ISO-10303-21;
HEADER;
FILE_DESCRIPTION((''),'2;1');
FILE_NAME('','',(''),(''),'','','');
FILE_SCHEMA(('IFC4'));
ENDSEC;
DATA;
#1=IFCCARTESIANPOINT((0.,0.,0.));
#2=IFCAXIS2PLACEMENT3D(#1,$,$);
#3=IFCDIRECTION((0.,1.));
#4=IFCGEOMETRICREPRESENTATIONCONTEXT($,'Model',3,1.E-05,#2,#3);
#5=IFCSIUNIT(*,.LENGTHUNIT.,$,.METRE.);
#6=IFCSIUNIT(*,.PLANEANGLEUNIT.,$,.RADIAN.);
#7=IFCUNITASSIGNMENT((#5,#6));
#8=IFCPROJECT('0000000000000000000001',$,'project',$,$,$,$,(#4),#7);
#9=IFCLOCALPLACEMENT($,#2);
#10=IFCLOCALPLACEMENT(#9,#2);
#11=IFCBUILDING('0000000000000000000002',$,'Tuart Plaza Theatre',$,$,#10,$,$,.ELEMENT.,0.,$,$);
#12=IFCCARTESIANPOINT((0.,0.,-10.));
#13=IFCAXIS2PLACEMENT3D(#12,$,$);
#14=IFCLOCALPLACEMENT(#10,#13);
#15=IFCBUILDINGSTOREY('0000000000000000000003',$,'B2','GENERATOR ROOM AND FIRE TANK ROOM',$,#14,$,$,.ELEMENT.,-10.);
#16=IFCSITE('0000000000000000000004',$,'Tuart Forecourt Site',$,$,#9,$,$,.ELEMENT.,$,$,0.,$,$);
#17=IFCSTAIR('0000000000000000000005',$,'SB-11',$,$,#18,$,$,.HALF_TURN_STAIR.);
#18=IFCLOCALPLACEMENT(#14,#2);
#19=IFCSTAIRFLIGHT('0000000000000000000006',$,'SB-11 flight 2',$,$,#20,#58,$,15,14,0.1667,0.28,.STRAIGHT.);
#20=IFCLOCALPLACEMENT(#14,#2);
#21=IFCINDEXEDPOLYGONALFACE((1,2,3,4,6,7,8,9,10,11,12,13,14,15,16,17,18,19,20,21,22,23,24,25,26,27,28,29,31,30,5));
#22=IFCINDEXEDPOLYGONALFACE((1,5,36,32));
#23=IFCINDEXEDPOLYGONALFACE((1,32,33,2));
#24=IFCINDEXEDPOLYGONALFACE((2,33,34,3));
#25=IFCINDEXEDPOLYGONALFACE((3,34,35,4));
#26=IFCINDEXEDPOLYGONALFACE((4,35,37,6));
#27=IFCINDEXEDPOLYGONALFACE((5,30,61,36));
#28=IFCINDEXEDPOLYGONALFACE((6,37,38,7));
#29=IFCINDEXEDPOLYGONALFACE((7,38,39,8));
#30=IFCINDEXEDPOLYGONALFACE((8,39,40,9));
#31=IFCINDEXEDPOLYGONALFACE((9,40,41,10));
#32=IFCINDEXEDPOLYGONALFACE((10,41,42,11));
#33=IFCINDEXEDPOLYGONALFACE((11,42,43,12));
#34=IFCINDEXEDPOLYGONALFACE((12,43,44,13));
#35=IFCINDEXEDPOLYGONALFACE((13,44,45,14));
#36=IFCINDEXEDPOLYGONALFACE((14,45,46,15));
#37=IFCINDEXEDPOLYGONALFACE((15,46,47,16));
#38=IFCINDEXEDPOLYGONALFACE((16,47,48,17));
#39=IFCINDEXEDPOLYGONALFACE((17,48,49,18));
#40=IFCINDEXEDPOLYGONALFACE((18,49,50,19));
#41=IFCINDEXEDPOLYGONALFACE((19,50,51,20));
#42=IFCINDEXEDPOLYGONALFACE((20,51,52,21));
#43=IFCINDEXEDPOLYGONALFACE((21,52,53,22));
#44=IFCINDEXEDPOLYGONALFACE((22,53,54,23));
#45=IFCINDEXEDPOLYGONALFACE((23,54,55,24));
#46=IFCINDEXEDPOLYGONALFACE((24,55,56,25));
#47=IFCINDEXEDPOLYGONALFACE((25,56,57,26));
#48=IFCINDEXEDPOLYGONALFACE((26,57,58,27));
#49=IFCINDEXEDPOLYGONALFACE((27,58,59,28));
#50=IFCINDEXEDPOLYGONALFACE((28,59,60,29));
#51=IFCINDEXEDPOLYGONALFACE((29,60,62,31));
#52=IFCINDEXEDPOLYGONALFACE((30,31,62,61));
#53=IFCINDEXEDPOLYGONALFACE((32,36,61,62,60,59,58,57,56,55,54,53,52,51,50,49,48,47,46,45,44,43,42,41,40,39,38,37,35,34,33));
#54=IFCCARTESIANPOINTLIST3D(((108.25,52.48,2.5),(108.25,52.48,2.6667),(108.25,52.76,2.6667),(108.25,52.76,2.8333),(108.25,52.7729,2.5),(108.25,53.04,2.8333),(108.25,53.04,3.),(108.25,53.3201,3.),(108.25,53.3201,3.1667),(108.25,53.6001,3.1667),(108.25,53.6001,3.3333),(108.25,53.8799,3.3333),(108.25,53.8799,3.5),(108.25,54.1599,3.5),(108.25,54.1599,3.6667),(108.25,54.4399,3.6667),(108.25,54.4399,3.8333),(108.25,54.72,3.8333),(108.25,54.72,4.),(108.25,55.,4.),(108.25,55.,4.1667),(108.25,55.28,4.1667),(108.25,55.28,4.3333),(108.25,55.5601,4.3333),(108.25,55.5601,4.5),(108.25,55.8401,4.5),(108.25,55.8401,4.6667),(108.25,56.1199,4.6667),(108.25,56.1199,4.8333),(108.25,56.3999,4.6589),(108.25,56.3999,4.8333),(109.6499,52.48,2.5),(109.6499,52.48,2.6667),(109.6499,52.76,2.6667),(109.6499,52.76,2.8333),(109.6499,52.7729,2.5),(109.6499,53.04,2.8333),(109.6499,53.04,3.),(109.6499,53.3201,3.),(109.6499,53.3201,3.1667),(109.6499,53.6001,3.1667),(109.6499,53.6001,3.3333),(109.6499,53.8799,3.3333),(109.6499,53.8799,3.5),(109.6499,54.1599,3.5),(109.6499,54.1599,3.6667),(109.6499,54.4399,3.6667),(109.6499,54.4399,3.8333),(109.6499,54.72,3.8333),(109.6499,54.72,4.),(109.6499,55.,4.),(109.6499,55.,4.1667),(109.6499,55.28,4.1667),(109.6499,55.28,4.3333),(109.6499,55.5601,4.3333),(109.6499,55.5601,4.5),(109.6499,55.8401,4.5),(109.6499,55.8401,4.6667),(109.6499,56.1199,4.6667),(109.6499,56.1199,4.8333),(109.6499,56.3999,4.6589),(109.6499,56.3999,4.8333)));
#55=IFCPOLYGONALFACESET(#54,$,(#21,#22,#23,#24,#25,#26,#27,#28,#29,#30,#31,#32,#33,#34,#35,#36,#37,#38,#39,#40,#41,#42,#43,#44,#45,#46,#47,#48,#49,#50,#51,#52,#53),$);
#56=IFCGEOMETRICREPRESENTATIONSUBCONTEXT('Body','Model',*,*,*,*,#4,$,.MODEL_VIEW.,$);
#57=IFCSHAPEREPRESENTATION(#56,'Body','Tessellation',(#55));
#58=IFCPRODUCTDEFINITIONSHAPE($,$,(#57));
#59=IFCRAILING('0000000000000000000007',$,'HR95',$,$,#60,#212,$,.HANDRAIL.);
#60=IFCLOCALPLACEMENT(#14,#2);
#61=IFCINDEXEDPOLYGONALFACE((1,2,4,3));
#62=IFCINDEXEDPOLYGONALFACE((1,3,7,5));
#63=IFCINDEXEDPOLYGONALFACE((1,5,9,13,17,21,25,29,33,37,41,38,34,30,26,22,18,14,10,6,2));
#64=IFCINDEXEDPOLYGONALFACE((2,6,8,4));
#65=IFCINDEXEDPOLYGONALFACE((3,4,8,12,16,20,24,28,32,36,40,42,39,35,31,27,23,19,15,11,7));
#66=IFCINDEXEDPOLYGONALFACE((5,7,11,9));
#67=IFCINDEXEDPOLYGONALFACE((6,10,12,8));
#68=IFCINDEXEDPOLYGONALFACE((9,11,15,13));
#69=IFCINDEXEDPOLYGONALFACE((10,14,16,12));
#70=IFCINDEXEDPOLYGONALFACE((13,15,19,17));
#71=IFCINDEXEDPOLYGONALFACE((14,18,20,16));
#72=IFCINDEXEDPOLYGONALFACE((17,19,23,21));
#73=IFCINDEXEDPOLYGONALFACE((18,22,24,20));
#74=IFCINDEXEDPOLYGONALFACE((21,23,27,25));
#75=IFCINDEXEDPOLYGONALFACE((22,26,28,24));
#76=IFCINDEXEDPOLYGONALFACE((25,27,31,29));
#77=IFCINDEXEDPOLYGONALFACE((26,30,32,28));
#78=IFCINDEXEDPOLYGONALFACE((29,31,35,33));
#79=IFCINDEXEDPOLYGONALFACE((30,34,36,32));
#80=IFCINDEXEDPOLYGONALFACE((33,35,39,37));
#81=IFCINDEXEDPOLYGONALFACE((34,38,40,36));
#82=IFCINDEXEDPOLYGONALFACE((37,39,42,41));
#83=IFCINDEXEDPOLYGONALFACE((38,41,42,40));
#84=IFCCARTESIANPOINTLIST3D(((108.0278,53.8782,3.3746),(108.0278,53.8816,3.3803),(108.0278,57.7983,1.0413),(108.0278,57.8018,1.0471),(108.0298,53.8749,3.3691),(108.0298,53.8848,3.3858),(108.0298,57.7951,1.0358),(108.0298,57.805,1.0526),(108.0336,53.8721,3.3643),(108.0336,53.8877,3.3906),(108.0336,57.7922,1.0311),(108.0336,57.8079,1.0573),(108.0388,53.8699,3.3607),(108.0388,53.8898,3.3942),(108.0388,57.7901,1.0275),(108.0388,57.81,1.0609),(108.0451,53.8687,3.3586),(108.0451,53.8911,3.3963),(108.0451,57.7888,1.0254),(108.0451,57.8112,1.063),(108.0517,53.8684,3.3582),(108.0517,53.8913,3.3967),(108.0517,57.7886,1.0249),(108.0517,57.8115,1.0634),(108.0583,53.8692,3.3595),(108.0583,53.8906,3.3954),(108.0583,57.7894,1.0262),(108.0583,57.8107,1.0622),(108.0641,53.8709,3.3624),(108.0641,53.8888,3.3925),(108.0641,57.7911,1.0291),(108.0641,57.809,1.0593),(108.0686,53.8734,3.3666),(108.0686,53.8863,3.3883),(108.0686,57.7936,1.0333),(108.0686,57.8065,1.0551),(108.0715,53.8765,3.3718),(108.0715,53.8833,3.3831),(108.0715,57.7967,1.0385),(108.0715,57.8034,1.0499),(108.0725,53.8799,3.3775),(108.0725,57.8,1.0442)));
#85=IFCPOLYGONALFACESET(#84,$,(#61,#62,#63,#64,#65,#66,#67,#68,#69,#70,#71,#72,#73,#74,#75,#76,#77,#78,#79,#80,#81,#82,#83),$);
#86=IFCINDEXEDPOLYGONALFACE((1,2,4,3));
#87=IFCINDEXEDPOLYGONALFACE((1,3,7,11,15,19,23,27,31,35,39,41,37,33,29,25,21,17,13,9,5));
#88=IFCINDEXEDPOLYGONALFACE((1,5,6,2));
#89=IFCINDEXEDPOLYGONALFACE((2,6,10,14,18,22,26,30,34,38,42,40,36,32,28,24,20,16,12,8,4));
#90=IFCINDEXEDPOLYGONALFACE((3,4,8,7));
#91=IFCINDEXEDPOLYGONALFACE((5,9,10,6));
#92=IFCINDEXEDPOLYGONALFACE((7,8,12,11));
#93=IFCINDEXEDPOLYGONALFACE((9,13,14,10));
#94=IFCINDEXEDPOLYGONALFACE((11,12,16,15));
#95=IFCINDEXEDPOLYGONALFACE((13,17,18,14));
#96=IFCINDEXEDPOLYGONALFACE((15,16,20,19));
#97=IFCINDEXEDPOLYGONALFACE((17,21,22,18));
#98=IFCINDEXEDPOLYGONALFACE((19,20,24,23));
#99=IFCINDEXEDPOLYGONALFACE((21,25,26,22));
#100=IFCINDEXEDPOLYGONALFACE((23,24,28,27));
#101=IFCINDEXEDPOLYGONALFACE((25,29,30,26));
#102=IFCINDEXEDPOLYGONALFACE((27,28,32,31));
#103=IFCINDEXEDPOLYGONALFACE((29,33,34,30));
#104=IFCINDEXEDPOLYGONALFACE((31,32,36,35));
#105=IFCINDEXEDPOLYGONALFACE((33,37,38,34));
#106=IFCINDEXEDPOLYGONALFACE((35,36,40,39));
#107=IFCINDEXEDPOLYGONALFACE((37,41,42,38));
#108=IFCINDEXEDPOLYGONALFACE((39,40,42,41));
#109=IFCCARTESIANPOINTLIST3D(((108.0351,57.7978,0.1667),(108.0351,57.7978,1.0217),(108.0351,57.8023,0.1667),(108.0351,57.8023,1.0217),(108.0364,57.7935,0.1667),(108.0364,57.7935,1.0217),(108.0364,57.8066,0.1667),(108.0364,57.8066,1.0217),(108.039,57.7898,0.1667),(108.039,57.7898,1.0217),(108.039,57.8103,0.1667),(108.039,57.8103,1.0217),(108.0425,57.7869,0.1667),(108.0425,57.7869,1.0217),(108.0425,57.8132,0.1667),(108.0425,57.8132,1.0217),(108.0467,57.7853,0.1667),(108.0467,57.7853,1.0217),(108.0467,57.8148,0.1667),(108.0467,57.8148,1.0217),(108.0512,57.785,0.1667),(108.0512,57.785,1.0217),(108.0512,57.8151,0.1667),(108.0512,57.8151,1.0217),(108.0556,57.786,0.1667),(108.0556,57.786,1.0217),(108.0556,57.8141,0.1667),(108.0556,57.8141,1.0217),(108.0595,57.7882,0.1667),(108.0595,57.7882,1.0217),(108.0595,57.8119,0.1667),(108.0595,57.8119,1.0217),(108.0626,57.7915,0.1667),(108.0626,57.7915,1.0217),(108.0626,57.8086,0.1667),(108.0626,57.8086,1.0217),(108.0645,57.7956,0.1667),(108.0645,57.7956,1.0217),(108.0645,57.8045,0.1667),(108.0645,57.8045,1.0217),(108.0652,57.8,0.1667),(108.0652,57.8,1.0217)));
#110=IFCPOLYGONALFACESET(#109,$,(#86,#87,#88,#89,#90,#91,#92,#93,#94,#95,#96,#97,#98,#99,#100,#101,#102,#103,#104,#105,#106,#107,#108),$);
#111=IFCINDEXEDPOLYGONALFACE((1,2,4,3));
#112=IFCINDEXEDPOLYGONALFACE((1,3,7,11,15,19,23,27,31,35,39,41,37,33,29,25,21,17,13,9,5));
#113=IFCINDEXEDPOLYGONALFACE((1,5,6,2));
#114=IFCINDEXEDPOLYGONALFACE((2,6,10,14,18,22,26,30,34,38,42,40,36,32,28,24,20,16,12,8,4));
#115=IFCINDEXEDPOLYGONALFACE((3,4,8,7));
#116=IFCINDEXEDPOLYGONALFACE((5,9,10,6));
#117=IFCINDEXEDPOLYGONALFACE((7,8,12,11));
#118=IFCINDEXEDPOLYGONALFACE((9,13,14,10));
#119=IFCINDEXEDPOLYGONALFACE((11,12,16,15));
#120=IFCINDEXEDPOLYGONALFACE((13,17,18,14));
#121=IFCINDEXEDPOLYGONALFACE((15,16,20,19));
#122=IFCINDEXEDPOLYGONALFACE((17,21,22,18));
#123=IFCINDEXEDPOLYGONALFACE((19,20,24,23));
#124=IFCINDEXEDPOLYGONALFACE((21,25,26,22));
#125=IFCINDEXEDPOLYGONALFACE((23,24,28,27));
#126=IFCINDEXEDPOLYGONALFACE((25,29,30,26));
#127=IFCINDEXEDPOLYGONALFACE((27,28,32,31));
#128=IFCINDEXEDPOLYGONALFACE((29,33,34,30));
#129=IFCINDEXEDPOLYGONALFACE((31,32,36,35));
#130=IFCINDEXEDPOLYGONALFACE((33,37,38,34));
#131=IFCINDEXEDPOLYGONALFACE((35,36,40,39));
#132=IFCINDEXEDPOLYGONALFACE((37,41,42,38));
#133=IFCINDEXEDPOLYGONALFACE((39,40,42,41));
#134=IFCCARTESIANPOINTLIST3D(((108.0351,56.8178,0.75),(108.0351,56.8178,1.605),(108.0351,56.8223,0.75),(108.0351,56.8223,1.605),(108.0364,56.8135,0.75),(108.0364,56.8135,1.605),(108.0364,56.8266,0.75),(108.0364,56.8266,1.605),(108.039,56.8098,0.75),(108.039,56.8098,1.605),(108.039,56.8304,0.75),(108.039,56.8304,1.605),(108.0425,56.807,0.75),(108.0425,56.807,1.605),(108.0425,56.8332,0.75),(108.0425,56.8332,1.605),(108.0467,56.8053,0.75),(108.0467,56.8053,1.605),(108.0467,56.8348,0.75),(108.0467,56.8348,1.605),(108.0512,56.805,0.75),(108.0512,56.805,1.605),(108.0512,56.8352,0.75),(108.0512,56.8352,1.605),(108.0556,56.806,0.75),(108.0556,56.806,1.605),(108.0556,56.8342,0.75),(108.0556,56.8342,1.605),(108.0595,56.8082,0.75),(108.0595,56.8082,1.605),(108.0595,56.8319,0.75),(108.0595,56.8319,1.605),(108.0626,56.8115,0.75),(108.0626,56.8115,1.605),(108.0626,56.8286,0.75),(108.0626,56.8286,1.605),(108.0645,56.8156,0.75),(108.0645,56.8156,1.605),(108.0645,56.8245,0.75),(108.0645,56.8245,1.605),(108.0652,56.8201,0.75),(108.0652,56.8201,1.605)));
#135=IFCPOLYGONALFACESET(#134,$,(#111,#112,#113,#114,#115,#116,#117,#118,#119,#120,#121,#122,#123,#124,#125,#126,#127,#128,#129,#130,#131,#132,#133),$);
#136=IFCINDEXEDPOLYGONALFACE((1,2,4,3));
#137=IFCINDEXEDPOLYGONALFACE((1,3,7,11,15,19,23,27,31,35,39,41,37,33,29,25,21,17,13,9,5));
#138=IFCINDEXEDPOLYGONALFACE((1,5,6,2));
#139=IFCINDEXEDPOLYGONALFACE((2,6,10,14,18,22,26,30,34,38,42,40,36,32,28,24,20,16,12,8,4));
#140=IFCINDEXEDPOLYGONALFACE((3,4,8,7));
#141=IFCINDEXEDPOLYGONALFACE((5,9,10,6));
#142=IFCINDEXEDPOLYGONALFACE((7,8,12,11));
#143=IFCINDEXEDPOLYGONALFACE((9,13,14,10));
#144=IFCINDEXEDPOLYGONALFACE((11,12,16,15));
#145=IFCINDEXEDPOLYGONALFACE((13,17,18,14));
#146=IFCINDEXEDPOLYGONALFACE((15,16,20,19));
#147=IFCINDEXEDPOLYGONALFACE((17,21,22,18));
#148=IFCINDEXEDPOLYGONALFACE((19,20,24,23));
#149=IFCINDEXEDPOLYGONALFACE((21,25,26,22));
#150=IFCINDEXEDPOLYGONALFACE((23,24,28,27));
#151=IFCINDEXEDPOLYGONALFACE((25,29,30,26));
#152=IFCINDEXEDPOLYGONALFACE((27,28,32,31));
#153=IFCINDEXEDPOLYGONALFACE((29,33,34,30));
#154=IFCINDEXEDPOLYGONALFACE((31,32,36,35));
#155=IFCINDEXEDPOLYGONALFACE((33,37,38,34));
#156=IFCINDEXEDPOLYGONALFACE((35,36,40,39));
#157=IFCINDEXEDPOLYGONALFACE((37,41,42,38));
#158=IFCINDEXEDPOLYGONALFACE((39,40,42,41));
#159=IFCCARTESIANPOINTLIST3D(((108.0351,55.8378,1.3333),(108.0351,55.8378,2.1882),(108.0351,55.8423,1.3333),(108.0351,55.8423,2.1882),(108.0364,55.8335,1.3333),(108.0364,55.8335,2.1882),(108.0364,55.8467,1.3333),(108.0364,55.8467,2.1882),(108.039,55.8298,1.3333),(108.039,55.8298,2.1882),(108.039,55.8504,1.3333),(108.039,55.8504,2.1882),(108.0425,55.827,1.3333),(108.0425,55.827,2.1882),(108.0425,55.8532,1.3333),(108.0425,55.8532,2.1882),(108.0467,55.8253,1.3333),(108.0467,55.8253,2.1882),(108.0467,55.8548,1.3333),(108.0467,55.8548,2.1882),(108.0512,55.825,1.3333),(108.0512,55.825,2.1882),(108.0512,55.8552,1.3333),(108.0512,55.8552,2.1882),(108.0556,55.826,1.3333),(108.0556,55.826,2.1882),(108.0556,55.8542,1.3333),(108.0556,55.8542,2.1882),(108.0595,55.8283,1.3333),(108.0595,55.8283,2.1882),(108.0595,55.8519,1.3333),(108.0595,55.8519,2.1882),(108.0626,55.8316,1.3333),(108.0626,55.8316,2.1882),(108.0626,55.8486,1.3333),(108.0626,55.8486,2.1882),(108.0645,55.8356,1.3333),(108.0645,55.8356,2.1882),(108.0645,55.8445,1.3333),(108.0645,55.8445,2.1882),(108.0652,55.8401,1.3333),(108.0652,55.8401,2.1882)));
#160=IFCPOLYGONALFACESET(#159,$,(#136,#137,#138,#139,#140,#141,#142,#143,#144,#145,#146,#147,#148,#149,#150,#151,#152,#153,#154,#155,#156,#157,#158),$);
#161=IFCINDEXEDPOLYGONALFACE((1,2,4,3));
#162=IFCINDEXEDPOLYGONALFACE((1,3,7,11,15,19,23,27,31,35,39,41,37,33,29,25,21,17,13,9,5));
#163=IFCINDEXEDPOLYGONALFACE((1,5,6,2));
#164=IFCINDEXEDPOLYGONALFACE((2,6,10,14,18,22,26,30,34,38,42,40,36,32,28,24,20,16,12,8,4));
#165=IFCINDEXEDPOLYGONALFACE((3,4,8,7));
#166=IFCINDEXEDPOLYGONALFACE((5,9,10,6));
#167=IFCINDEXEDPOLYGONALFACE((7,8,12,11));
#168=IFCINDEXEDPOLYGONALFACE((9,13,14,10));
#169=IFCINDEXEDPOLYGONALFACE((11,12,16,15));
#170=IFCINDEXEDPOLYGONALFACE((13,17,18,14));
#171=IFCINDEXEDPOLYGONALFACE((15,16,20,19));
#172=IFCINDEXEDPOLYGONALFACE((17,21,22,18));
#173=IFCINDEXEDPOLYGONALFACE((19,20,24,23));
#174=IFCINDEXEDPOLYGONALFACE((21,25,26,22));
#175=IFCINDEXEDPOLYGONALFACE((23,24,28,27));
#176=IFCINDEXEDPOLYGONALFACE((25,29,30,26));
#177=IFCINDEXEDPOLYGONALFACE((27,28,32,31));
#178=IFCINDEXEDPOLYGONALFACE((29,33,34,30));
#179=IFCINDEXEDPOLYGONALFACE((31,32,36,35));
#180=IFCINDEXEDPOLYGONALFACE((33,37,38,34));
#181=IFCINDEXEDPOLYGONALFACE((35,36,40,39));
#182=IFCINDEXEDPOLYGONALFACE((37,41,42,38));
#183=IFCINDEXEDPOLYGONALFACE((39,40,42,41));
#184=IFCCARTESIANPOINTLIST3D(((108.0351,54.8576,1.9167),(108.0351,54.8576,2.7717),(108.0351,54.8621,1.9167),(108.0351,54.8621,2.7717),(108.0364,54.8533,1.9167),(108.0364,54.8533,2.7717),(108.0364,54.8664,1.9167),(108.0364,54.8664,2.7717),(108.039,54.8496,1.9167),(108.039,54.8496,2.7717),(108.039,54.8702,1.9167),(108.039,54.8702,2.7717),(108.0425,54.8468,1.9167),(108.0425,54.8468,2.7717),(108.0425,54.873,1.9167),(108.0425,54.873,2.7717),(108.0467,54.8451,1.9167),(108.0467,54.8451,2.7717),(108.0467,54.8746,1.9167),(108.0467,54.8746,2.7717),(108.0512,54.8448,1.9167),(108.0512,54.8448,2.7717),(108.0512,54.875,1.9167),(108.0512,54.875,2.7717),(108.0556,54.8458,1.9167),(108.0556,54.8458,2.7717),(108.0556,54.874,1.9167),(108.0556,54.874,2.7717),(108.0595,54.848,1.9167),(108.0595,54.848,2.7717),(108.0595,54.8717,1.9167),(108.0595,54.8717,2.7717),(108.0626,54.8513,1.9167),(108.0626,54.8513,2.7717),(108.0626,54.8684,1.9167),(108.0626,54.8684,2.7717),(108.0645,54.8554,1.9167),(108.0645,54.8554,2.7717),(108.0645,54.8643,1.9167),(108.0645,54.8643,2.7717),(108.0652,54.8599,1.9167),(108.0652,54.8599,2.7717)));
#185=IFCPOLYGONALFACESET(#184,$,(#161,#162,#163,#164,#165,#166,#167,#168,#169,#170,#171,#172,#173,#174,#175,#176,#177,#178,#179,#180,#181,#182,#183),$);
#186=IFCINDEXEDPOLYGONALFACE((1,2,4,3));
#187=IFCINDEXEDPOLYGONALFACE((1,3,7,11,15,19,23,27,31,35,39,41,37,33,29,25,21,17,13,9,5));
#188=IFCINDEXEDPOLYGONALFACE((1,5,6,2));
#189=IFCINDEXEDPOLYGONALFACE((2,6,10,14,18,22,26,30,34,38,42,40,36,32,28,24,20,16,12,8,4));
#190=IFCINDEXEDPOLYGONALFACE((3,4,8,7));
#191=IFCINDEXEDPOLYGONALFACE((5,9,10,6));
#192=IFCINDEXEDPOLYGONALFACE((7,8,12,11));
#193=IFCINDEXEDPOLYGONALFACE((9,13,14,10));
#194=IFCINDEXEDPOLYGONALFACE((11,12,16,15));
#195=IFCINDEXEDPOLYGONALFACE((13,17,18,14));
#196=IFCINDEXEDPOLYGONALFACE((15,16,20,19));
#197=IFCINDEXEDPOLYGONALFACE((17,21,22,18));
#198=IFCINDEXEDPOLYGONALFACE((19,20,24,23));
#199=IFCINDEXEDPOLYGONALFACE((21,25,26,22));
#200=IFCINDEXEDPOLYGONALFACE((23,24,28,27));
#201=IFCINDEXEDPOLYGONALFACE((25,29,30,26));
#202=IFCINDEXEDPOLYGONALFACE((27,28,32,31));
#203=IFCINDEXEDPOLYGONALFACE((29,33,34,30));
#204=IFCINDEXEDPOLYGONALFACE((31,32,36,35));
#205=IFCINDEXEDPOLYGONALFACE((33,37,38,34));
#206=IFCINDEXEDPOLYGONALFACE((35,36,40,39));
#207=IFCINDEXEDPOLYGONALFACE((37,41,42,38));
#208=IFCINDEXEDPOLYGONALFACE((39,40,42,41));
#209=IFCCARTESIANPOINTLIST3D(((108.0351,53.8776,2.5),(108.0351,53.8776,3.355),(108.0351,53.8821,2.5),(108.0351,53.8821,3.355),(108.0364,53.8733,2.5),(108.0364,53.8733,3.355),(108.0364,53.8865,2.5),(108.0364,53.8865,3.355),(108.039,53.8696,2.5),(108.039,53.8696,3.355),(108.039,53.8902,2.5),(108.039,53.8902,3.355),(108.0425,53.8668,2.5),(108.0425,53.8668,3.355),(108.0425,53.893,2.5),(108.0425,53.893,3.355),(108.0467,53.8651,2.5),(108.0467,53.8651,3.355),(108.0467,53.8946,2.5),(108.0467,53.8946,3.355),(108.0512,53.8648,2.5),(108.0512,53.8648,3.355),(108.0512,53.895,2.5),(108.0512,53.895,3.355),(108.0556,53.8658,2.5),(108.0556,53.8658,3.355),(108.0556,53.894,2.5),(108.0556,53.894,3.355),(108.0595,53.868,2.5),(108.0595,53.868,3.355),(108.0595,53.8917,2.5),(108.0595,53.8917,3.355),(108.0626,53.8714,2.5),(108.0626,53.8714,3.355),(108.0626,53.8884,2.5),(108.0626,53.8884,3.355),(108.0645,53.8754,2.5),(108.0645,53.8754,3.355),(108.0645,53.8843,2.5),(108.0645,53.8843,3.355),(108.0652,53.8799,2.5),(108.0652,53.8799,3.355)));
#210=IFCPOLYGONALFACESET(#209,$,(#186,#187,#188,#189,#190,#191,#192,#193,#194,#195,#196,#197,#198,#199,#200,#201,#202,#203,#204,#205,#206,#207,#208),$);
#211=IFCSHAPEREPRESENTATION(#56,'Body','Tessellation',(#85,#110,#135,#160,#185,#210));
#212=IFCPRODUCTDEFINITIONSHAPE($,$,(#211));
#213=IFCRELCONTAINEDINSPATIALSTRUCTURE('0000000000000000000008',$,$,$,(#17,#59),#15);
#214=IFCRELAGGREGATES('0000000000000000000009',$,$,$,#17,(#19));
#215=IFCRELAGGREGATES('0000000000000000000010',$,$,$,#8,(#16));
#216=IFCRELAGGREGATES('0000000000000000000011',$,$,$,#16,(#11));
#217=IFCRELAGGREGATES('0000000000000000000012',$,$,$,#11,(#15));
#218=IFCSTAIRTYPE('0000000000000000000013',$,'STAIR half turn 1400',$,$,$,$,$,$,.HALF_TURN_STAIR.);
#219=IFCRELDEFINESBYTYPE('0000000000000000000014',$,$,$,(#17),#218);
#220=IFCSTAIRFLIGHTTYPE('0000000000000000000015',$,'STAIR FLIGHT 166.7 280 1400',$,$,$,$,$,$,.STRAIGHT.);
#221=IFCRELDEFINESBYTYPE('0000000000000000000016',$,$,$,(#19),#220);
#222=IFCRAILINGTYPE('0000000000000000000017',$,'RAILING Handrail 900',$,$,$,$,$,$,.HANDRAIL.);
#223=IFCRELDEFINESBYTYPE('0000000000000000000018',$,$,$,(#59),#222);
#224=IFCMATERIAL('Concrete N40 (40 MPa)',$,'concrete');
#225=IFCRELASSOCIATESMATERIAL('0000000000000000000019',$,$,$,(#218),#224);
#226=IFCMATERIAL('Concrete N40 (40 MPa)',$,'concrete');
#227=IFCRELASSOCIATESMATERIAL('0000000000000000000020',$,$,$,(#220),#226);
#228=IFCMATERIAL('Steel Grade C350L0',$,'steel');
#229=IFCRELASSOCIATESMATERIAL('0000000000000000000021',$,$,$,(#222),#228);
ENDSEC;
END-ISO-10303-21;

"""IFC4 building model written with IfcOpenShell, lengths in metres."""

from ifc_helpers import new_model, si_unit, direction, frame, origin, origin_2d, place, context, subcontext, project, spatial, polyline, circle, outline, extrude, material, type_object, element, aggregate, save


model = new_model("IFC4")

# Units and contexts
model_context = context("Model", 3, precision=1e-05, world=origin(), true_north=direction((0.0, 1.0)))
body_context = subcontext(model_context, "Body", "Model", "MODEL_VIEW")
ifc_project = project(units=[si_unit("LENGTHUNIT", "METRE"), si_unit("PLANEANGLEUNIT", "RADIAN")], contexts=[model_context])

# Site, building, storey
site_placement = place(None, origin())
site = spatial("IfcSite", under=ifc_project, at=site_placement, Name="Tuart Forecourt Site", CompositionType="ELEMENT", RefElevation=0.0)
building_placement = place(site_placement, origin())
building = spatial("IfcBuilding", under=site, at=building_placement, Name="Tuart Plaza Theatre", CompositionType="ELEMENT", ElevationOfRefHeight=0.0)
storey_placement = place(building_placement, frame((0.0, 0.0, -10.0)))
storey = spatial("IfcBuildingStorey", under=building, at=storey_placement, Name="B2", Description="GENERATOR ROOM AND FIRE TANK ROOM", CompositionType="ELEMENT", Elevation=-10.0)

# Stair, stair flight
ifc_material_1 = material(Name="Concrete N40 (40 MPa)", Category="concrete")
stair_type = type_object("IfcStairType", Name="STAIR half turn 1400", PredefinedType="HALF_TURN_STAIR", material=ifc_material_1)
stair_placement = place(storey_placement, origin())
stair = element("IfcStair", 1, at=stair_placement, inside=storey, type_object=stair_type, Name="SB-11", PredefinedType="HALF_TURN_STAIR")
ifc_material_2 = material(Name="Concrete N40 (40 MPa)", Category="concrete")
stair_flight_type = type_object("IfcStairFlightType", Name="STAIR FLIGHT 166.7 280 1400", PredefinedType="STRAIGHT", material=ifc_material_2)
stair_flight_placement = place(storey_placement, frame((108.95, 52.48, 2.5), z_axis=(0.0, 0.0, 1.0), x_axis=(0.0, 1.0, 0.0)))
stair_flight = element("IfcStairFlight", 2, at=stair_flight_placement, type_object=stair_flight_type, Name="SB-11 flight 2", NumberOfRisers=15, NumberOfTreads=14, PredefinedType="STRAIGHT", RiserHeight=0.1667, TreadLength=0.28, context=body_context, shape_type="SweptSolid", body=[
    extrude(outline(polyline([(0.0, 0.0), (0.0, 0.1667), (0.28, 0.1667), (0.28, 0.3333), (0.5601, 0.3333), (0.5601, 0.5), (0.8401, 0.5), (0.8401, 0.6667), (1.1201, 0.6667), (1.1201, 0.8333), (1.3999, 0.8333), (1.3999, 1.0), (1.6799, 1.0), (1.6799, 1.1667), (1.96, 1.1667), (1.96, 1.3333), (2.24, 1.3333), (2.24, 1.5), (2.52, 1.5), (2.52, 1.6667), (2.8, 1.6667), (2.8, 1.8333), (3.0801, 1.8333), (3.0801, 2.0), (3.3601, 2.0), (3.3601, 2.1667), (3.6399, 2.1667), (3.6399, 2.3333), (3.9199, 2.3333), (3.9199, 2.5), (3.9199, 2.1589), (0.293, 0.0), (0.0, 0.0)])), frame((0.0, 0.7, 0.0), z_axis=(0.0, -1.0, 0.0), x_axis=(1.0, 0.0, 0.0)), (0.0, 0.0, 1.0), 1.3999),
])
aggregate(stair, [stair_flight])

# Railing
ifc_material_3 = material(Name="Steel Grade C350L0", Category="steel")
railing_type = type_object("IfcRailingType", Name="RAILING Handrail 900", PredefinedType="HANDRAIL", material=ifc_material_3)
railing_1_placement = place(storey_placement, frame((108.05, 57.8, 0.1667)))
element("IfcRailing", 3, at=railing_1_placement, inside=storey, type_object=railing_type, Name="HR95", PredefinedType="HANDRAIL", context=body_context, shape_type="SweptSolid", body=[
    extrude(circle(Radius=0.0225, at=origin_2d()), frame((0.0, 0.0, 0.8774), z_axis=(0.0, -0.85931, 0.511455), x_axis=(1.0, 0.0, 0.0)), (0.0, 0.0, 1.0), 4.562),
    extrude(circle(Radius=0.0151, at=origin_2d()), origin(), (0.0, 0.0, 1.0), 0.855),
    extrude(circle(Radius=0.0151, at=origin_2d()), frame((0.0, -0.98, 0.5833)), (0.0, 0.0, 1.0), 0.855),
    extrude(circle(Radius=0.0151, at=origin_2d()), frame((0.0, -1.96, 1.1665)), (0.0, 0.0, 1.0), 0.855),
    extrude(circle(Radius=0.0151, at=origin_2d()), frame((0.0, -2.9402, 1.75)), (0.0, 0.0, 1.0), 0.855),
    extrude(circle(Radius=0.0151, at=origin_2d()), frame((0.0, -3.9202, 2.3333)), (0.0, 0.0, 1.0), 0.855),
])

save(model, "model.ifc")
